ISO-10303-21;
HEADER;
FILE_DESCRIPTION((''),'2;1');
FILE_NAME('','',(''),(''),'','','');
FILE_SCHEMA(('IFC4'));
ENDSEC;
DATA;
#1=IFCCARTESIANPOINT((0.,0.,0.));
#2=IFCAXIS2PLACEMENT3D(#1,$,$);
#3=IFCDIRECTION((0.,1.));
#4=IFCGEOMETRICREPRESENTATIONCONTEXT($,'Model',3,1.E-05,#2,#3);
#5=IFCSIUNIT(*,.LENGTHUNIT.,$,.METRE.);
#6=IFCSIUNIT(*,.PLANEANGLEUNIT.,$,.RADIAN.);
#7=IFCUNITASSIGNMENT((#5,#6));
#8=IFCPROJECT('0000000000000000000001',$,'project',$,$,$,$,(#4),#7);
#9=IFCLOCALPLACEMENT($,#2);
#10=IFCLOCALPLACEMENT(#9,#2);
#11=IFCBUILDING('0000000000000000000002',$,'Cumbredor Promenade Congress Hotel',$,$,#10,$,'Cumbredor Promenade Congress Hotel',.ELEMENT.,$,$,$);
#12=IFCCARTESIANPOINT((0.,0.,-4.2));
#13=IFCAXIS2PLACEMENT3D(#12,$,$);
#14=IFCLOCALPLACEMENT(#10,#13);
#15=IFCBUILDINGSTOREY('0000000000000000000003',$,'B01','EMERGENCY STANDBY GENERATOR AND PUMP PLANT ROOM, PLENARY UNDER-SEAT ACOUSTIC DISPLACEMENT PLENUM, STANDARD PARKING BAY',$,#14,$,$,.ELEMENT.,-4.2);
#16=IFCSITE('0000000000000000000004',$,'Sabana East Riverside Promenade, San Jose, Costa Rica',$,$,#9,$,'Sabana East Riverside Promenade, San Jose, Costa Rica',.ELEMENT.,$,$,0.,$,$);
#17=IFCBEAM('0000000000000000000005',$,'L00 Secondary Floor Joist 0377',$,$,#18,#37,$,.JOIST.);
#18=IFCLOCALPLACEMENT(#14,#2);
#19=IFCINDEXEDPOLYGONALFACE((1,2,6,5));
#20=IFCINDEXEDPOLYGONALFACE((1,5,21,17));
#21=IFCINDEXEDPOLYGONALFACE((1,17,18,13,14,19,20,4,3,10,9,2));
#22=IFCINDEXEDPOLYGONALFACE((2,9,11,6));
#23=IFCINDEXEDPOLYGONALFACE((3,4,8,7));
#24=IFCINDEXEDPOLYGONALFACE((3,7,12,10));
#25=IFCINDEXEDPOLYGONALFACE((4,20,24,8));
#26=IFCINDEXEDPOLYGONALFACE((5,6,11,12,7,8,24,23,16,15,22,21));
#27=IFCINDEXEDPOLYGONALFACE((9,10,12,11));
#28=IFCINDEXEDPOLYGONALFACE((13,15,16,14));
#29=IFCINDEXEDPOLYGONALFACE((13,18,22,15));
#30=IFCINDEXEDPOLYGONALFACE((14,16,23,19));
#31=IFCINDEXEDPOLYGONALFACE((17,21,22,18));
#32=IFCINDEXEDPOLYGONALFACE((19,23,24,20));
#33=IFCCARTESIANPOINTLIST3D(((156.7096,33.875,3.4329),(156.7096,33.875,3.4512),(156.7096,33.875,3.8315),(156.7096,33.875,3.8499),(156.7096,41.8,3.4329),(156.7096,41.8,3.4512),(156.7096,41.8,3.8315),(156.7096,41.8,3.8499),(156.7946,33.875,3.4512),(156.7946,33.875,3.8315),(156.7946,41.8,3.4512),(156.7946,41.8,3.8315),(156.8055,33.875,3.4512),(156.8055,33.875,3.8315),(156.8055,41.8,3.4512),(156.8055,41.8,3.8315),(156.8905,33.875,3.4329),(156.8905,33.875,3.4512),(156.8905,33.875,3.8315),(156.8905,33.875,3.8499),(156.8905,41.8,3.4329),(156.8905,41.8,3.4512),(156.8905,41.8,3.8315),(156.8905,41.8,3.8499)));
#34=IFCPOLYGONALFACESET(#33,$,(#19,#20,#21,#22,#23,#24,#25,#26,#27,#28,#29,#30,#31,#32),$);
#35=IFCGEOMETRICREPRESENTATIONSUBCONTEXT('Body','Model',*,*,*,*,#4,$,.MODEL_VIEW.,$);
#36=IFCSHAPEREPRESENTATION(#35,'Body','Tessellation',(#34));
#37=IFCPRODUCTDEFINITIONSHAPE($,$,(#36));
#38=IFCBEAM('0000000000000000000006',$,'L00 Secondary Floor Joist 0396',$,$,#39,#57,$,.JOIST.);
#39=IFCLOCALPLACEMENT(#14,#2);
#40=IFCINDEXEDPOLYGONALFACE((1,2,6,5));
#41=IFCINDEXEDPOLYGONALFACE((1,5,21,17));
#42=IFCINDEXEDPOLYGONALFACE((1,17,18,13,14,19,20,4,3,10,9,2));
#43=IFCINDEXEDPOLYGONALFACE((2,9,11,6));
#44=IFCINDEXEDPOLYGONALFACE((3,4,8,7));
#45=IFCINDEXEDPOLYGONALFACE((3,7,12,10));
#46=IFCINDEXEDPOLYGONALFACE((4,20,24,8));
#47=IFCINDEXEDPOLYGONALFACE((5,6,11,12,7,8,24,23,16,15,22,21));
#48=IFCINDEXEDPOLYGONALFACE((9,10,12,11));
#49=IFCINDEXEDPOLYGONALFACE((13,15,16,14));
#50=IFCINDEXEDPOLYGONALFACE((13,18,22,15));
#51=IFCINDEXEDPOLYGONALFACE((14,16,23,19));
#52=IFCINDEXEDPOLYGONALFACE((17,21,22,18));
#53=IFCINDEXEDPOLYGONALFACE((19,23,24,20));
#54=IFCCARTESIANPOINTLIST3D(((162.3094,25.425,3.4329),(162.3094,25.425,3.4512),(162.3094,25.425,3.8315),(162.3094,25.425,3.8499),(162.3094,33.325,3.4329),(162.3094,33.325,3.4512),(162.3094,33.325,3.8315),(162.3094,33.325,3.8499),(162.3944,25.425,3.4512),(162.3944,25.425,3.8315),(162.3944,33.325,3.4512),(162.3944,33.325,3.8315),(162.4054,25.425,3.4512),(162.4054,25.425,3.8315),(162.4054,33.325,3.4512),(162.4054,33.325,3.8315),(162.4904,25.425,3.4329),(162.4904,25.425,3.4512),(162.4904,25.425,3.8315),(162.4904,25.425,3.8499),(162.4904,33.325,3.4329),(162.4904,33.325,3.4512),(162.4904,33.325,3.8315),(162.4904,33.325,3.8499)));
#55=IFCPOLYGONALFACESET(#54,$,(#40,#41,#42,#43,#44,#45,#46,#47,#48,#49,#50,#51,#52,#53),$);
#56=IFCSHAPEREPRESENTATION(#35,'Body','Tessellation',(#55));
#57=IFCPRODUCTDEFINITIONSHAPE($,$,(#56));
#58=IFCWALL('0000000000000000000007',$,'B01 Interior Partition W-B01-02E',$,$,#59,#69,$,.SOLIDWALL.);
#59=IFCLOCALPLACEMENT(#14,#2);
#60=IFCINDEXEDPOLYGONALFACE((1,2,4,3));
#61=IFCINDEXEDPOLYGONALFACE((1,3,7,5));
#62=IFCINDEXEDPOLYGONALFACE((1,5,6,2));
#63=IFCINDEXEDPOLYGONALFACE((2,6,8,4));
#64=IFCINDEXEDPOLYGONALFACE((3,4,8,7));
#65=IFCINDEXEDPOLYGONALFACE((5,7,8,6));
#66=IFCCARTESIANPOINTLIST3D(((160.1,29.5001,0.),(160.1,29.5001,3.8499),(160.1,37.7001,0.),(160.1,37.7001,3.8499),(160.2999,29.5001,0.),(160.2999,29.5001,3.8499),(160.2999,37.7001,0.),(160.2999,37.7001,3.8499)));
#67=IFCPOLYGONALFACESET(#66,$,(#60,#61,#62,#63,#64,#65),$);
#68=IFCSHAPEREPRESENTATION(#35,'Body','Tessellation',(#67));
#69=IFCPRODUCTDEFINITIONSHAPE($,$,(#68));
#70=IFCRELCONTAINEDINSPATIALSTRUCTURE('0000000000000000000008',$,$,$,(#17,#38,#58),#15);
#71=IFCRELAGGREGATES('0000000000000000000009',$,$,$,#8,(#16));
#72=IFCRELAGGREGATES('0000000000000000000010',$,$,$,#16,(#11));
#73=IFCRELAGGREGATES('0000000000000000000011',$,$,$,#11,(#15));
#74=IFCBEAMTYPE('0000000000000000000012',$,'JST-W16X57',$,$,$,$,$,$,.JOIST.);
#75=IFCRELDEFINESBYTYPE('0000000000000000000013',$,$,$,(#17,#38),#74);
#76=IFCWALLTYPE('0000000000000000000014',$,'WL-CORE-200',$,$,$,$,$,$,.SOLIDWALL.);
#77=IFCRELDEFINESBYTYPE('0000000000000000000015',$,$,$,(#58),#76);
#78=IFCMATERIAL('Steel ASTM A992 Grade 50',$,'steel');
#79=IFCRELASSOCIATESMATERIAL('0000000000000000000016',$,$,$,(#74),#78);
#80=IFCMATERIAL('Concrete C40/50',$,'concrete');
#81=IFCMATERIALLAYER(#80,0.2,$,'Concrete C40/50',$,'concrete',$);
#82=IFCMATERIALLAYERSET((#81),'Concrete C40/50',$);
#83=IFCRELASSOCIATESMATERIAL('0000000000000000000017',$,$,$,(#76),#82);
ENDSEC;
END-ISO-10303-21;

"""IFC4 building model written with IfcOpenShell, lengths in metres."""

from ifc_helpers import new_model, si_unit, direction, frame, frame_2d, origin, origin_2d, place, context, subcontext, project, spatial, rectangle, i_section, extrude, material, layer, layer_set, material_profile, profile_set, type_object, element, save


model = new_model("IFC4")

# Units and contexts
model_context = context("Model", 3, precision=1e-05, world=origin(), true_north=direction((0.0, 1.0)))
body_context = subcontext(model_context, "Body", "Model", "MODEL_VIEW")
ifc_project = project(units=[si_unit("LENGTHUNIT", "METRE"), si_unit("PLANEANGLEUNIT", "RADIAN")], contexts=[model_context])

# Site, building, storey
site_placement = place(None, origin())
site = spatial("IfcSite", under=ifc_project, at=site_placement, Name="Sabana East Riverside Promenade, San Jose, Costa Rica", LongName="Sabana East Riverside Promenade, San Jose, Costa Rica", CompositionType="ELEMENT", RefElevation=0.0)
building_placement = place(site_placement, origin())
building = spatial("IfcBuilding", under=site, at=building_placement, Name="Cumbredor Promenade Congress Hotel", LongName="Cumbredor Promenade Congress Hotel", CompositionType="ELEMENT")
storey_placement = place(building_placement, frame((0.0, 0.0, -4.2)))
storey = spatial("IfcBuildingStorey", under=building, at=storey_placement, Name="B01", Description="EMERGENCY STANDBY GENERATOR AND PUMP PLANT ROOM, PLENARY UNDER-SEAT ACOUSTIC DISPLACEMENT PLENUM, STANDARD PARKING BAY", CompositionType="ELEMENT", Elevation=-4.2)

# Beams
ifc_material_1 = material(Name="Concrete C40/50", Category="concrete")
ifc_material_2 = material(Name="Steel ASTM A992 Grade 50", Category="steel")
ifc_material_profile_1 = material_profile(ifc_material_2, i_section(OverallWidth=0.1809, OverallDepth=0.417, WebThickness=0.011, FlangeThickness=0.0183, at=origin_2d()), Name="W16X57")
ifc_profile_set_1 = profile_set([ifc_material_profile_1], Name="Steel ASTM A992 Grade 50")
beam_type_1 = type_object("IfcBeamType", Name="JST-W16X57", PredefinedType="JOIST", material=ifc_profile_set_1)
for number, where, z_axis, x_axis, name in (
    (1, (156.8, 33.875, 3.6414), (0.0, 1.0, 0.0), (-1.0, 0.0, 0.0), "L00 Secondary Floor Joist 0377"),
):
    element("IfcBeam", number, at=place(storey_placement, frame(where, z_axis=z_axis, x_axis=x_axis)), inside=storey, type_object=beam_type_1, Name=name, PredefinedType="JOIST", context=body_context, shape_type="SweptSolid", body=[
        extrude(i_section(OverallWidth=0.1809, OverallDepth=0.417, WebThickness=0.011, FlangeThickness=0.0183, at=origin_2d()), origin(), (0.0, 0.0, 1.0), 7.925),
    ])
beam_1_placement = place(storey_placement, frame((162.3999, 25.425, 3.6414), z_axis=(0.0, 1.0, 0.0), x_axis=(-1.0, 0.0, 0.0)))
element("IfcBeam", 2, at=beam_1_placement, inside=storey, type_object=beam_type_1, Name="L00 Secondary Floor Joist 0396", PredefinedType="JOIST", context=body_context, shape_type="SweptSolid", body=[
    extrude(i_section(OverallWidth=0.1809, OverallDepth=0.417, WebThickness=0.011, FlangeThickness=0.0183, at=origin_2d()), origin(), (0.0, 0.0, 1.0), 7.8999),
])

# Wall
ifc_layer = layer(ifc_material_1, 0.2, Name="Concrete C40/50", Category="concrete")
ifc_layer_set = layer_set([ifc_layer], Name="Concrete C40/50")
wall_type = type_object("IfcWallType", Name="WL-CORE-200", PredefinedType="SOLIDWALL", material=ifc_layer_set)
wall_placement = place(storey_placement, frame((160.2, 29.5, 0.0), z_axis=(0.0, 0.0, 1.0), x_axis=(0.0, 1.0, 0.0)))
element("IfcWall", 3, at=wall_placement, inside=storey, type_object=wall_type, Name="B01 Interior Partition W-B01-02E", PredefinedType="SOLIDWALL", context=body_context, shape_type="SweptSolid", body=[
    extrude(rectangle(XDim=8.2, YDim=0.2, at=frame_2d((4.1001, 0.0))), origin(), (0.0, 0.0, 1.0), 3.8499),
])

save(model, "model.ifc")
